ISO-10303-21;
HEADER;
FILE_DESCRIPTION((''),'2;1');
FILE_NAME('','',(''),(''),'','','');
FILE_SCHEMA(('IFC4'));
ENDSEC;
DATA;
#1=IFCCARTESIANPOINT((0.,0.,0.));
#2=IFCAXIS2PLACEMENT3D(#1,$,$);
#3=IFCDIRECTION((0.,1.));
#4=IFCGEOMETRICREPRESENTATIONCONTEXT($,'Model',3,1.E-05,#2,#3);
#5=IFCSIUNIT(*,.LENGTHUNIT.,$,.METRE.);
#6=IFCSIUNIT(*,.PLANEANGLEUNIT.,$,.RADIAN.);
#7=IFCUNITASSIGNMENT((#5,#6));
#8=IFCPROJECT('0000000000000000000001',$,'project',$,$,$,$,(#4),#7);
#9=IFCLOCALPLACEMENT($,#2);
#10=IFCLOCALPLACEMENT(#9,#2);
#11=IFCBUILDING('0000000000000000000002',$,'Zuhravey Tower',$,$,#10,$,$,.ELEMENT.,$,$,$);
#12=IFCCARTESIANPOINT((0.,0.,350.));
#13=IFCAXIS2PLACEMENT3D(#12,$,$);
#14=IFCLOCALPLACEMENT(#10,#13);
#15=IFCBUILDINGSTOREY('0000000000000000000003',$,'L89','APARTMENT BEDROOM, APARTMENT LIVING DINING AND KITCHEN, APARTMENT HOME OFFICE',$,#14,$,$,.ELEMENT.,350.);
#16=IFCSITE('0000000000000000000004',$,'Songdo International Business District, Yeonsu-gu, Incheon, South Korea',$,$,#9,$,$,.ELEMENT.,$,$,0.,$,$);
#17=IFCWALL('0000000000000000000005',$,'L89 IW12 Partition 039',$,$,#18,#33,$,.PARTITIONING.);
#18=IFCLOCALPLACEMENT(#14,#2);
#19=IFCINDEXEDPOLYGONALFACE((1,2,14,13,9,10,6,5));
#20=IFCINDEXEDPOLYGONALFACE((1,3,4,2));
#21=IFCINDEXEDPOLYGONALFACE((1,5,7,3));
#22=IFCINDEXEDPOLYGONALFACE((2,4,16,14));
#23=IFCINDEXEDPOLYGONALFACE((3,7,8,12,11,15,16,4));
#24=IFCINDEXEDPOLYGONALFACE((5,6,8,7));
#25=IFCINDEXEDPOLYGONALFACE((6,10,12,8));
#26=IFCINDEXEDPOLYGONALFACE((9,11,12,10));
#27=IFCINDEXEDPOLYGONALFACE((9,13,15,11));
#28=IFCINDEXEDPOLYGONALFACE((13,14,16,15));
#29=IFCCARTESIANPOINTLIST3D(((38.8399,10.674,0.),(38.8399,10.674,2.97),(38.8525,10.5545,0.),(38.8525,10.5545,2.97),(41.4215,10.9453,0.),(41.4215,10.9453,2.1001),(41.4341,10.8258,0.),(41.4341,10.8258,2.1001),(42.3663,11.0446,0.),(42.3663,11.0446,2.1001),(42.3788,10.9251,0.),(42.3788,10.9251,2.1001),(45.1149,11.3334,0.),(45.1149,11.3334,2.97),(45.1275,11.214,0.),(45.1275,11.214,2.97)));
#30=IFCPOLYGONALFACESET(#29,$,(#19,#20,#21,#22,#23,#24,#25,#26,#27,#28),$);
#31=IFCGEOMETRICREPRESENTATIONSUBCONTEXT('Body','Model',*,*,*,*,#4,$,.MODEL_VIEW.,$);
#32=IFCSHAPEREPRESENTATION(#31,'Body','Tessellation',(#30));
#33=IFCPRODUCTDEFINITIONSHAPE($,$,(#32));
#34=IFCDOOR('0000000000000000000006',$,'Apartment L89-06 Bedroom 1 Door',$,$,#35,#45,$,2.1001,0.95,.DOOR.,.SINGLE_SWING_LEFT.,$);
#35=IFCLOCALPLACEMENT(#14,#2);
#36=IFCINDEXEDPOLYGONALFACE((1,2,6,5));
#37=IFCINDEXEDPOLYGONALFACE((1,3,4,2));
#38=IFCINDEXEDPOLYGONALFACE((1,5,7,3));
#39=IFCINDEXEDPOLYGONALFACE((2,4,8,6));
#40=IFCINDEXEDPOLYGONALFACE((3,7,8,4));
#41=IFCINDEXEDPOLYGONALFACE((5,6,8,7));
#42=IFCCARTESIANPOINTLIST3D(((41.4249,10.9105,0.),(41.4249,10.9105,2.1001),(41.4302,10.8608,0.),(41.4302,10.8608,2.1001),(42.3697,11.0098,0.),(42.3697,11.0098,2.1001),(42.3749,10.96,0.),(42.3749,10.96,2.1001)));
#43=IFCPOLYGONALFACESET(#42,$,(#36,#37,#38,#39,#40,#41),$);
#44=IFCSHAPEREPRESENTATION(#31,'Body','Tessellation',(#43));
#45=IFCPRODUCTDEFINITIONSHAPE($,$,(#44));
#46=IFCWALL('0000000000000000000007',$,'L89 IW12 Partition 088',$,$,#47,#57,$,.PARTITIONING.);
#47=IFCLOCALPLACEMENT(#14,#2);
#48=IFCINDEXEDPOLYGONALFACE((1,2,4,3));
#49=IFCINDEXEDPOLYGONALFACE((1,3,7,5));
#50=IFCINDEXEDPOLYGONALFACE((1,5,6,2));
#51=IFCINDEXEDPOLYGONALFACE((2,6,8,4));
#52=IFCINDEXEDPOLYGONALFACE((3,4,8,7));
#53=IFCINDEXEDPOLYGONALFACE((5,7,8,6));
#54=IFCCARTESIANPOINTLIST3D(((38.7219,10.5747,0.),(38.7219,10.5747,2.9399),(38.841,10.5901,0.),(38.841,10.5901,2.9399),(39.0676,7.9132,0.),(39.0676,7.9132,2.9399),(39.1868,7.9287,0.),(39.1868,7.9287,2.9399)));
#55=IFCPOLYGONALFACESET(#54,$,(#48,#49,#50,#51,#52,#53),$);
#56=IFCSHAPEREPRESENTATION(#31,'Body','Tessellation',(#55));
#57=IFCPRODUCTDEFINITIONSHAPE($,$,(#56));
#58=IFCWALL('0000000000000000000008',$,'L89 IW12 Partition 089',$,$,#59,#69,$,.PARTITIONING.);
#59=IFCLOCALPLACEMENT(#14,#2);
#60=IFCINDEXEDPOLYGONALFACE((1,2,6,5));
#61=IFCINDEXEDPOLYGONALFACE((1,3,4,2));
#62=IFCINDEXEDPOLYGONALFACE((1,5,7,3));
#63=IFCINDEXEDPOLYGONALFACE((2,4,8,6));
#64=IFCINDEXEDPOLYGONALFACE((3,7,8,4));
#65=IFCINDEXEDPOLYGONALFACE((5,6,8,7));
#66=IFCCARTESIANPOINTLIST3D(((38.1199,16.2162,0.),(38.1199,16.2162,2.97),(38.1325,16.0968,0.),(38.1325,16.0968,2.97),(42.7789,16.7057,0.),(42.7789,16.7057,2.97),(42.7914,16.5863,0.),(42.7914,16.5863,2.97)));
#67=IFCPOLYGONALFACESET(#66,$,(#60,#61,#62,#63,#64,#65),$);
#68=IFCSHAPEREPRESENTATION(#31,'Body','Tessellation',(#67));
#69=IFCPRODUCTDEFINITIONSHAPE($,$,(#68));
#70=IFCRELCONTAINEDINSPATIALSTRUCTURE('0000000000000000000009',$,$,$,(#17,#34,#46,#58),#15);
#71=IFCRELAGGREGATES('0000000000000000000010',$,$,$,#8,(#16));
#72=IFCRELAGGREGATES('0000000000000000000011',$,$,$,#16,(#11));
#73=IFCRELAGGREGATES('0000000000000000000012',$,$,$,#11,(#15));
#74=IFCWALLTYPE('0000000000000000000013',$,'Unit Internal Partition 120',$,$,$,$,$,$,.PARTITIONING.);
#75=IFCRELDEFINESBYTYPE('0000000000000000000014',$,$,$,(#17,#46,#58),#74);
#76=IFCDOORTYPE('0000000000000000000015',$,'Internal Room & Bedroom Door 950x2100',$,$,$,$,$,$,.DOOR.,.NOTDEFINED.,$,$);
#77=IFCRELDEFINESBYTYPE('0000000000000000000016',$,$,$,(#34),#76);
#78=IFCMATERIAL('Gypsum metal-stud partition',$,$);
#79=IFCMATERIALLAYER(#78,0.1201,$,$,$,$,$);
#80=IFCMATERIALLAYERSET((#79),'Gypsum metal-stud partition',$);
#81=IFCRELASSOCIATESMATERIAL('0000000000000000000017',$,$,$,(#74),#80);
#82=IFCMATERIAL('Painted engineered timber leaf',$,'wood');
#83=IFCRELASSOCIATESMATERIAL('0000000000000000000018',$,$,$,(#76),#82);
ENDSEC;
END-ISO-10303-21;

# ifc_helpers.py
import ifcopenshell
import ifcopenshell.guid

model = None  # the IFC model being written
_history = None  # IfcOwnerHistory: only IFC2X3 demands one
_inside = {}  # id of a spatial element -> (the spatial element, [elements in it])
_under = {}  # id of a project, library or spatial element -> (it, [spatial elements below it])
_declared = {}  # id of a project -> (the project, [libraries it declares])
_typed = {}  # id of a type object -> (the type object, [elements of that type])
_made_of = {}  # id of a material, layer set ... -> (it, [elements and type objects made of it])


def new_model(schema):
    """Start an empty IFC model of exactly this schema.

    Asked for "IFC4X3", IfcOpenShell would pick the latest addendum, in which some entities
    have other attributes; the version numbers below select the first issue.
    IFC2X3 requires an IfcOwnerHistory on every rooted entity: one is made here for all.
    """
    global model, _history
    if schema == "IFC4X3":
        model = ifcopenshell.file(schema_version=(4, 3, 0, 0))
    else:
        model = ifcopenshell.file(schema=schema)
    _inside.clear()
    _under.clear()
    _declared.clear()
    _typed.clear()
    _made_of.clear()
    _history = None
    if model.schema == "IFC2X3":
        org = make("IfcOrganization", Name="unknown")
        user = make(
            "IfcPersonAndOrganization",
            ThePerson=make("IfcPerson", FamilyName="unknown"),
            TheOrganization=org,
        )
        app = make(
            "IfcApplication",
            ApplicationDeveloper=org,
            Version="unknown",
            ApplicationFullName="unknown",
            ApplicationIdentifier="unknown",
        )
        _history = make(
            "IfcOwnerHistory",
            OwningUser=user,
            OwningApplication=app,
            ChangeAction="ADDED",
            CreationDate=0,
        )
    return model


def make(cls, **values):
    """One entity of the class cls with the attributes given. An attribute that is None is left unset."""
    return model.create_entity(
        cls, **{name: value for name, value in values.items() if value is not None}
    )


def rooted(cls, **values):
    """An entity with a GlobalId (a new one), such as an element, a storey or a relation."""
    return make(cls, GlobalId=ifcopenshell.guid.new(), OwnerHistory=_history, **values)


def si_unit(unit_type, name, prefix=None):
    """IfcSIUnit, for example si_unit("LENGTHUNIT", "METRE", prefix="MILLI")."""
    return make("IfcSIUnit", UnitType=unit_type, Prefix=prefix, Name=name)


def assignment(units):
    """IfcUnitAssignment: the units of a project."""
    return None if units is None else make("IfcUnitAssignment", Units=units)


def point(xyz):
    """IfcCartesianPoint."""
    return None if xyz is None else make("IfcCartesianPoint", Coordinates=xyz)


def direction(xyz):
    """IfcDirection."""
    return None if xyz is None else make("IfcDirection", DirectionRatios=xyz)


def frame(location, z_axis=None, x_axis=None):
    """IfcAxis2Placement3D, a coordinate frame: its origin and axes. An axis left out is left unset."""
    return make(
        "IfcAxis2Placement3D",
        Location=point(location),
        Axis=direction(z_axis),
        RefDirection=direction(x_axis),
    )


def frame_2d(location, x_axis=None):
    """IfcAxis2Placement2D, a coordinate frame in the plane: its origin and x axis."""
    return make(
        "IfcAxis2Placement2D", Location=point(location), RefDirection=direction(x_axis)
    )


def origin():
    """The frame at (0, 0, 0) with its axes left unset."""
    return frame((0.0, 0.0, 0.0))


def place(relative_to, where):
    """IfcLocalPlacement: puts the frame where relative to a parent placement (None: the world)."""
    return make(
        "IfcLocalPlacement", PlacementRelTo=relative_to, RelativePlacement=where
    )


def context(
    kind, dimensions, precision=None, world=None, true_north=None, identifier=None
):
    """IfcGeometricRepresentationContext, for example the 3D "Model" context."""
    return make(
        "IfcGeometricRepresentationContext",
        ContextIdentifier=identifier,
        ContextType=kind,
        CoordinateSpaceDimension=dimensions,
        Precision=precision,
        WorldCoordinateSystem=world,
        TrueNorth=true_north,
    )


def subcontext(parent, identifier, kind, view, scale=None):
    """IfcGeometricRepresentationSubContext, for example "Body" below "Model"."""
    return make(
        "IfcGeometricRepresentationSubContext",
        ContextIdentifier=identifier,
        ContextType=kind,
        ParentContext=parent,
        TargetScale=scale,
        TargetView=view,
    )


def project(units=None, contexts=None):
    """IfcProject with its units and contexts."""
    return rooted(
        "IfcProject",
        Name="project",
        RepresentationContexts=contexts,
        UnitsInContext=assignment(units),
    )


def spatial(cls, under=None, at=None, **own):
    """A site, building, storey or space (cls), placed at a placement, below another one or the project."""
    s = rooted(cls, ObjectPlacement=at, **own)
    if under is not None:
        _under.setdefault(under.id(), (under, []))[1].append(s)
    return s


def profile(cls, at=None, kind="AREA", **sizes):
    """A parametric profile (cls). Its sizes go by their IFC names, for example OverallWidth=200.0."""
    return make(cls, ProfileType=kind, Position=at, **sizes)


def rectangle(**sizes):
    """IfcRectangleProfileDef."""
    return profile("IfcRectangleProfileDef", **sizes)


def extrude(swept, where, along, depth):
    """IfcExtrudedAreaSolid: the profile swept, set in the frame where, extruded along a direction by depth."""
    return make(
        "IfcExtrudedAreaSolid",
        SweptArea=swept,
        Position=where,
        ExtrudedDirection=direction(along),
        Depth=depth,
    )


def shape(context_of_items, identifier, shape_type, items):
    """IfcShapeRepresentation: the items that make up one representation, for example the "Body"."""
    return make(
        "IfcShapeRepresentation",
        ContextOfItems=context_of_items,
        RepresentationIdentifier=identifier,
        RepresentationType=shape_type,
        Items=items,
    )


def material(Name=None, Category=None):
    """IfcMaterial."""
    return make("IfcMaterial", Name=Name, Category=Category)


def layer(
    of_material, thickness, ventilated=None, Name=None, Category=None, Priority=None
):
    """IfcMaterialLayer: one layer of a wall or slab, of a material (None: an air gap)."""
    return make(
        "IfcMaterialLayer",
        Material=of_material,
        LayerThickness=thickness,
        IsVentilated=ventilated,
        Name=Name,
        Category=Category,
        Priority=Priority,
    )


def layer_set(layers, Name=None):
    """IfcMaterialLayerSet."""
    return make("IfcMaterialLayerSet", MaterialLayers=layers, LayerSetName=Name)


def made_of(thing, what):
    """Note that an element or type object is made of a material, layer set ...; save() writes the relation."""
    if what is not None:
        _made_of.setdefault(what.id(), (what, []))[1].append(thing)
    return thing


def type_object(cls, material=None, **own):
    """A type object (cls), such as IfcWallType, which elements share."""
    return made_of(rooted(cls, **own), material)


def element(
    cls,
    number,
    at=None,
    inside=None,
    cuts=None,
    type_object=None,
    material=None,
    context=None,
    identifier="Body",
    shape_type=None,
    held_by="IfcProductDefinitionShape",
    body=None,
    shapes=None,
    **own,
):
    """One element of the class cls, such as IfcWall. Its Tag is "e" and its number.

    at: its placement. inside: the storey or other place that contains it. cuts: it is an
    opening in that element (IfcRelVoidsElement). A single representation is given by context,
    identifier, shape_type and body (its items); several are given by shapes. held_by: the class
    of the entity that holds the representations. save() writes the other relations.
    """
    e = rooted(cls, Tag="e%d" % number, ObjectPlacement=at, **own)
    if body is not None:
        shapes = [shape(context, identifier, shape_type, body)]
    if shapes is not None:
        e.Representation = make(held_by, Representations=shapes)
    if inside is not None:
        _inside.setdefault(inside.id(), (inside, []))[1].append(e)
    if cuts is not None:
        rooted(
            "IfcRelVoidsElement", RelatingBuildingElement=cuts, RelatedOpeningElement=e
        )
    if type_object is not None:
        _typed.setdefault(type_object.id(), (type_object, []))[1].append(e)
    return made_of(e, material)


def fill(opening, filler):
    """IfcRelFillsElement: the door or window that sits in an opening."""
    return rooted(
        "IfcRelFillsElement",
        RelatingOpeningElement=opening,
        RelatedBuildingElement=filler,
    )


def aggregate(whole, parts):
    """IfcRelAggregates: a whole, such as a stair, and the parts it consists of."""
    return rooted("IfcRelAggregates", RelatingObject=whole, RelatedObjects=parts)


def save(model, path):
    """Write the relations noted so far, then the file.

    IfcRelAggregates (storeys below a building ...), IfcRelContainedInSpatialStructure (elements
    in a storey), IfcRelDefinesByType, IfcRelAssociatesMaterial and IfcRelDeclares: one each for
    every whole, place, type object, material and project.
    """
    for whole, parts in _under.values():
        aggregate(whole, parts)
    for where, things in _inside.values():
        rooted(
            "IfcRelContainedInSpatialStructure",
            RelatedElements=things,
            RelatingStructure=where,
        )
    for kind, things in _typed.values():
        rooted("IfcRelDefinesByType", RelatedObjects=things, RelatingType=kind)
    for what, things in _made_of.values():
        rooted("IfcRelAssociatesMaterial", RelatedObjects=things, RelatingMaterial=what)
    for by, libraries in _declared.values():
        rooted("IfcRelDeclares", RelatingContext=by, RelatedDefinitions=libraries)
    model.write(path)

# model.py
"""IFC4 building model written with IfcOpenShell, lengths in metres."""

from ifc_helpers import new_model, si_unit, direction, frame, frame_2d, origin, place, context, subcontext, project, spatial, rectangle, extrude, material, layer, layer_set, type_object, element, fill, save


model = new_model("IFC4")

# Units and contexts
model_context = context("Model", 3, precision=1e-05, world=origin(), true_north=direction((0.0, 1.0)))
body_context = subcontext(model_context, "Body", "Model", "MODEL_VIEW")
ifc_project = project(units=[si_unit("LENGTHUNIT", "METRE"), si_unit("PLANEANGLEUNIT", "RADIAN")], contexts=[model_context])

# Site, building, storey
site_placement = place(None, origin())
site = spatial("IfcSite", under=ifc_project, at=site_placement, Name="Songdo International Business District, Yeonsu-gu, Incheon, South Korea", CompositionType="ELEMENT", RefElevation=0.0)
building_placement = place(site_placement, origin())
building = spatial("IfcBuilding", under=site, at=building_placement, Name="Zuhravey Tower", CompositionType="ELEMENT")
storey_placement = place(building_placement, frame((0.0, 0.0, 350.0)))
storey = spatial("IfcBuildingStorey", under=building, at=storey_placement, Name="L89", Description="APARTMENT BEDROOM, APARTMENT LIVING DINING AND KITCHEN, APARTMENT HOME OFFICE", CompositionType="ELEMENT", Elevation=350.0)

# Wall, opening, door
ifc_material_1 = material(Name="Gypsum metal-stud partition")
ifc_layer_1 = layer(ifc_material_1, 0.1201)
ifc_layer_set_1 = layer_set([ifc_layer_1], Name="Gypsum metal-stud partition")
wall_type_1 = type_object("IfcWallType", Name="Unit Internal Partition 120", PredefinedType="PARTITIONING", material=ifc_layer_set_1)
ifc_material_2 = material(Name="Painted engineered timber leaf", Category="wood")
door_type_1 = type_object("IfcDoorType", Name="Internal Room & Bedroom Door 950x2100", OperationType="NOTDEFINED", PredefinedType="DOOR", material=ifc_material_2)
wall_1_placement = place(storey_placement, frame((38.8462, 10.6143, 0.0), z_axis=(0.0, 0.0, 1.0), x_axis=(0.994523, 0.104514, 0.0)))
wall_1 = element("IfcWall", 1, at=wall_1_placement, inside=storey, type_object=wall_type_1, Name="L89 IW12 Partition 039", PredefinedType="PARTITIONING", context=body_context, shape_type="SweptSolid", body=[
    extrude(rectangle(XDim=6.3096, YDim=0.1201, at=frame_2d((3.1548, 0.0))), origin(), (0.0, 0.0, 1.0), 2.97),
])
opening_1_placement = place(wall_1_placement, frame((2.5957, 0.0, 0.0)))
opening_1 = element("IfcOpeningElement", 2, at=opening_1_placement, cuts=wall_1, PredefinedType="OPENING", context=body_context, shape_type="SweptSolid", body=[
    extrude(rectangle(XDim=0.95, YDim=2.1001, at=frame_2d((0.4751, 1.05))), frame((0.0, 0.072, 0.0), z_axis=(0.0, -1.0, 0.0), x_axis=(1.0, 0.0, 0.0)), (0.0, 0.0, 1.0), 0.144),
])
door_1_placement = place(opening_1_placement, frame((0.95, 0.0, 0.0), z_axis=(0.0, 0.0, 1.0), x_axis=(-1.0, 0.0, 0.0)))
door_1 = element("IfcDoor", 3, at=door_1_placement, inside=storey, type_object=door_type_1, Name="Apartment L89-06 Bedroom 1 Door", OperationType="SINGLE_SWING_LEFT", OverallHeight=2.1001, OverallWidth=0.95, PredefinedType="DOOR", context=body_context, shape_type="SweptSolid", body=[
    extrude(rectangle(XDim=0.95, YDim=2.1001, at=frame_2d((0.4751, 1.05))), frame((0.0, 0.0249, 0.0), z_axis=(0.0, -1.0, 0.0), x_axis=(1.0, 0.0, 0.0)), (0.0, 0.0, 1.0), 0.05),
])
fill(opening_1, door_1)

# Walls
wall_2_placement = place(storey_placement, frame((38.7815, 10.5823, 0.0), z_axis=(0.0, 0.0, 1.0), x_axis=(0.128814, -0.991669, 0.0)))
element("IfcWall", 4, at=wall_2_placement, inside=storey, type_object=wall_type_1, Name="L89 IW12 Partition 088", PredefinedType="PARTITIONING", context=body_context, shape_type="SweptSolid", body=[
    extrude(rectangle(XDim=2.6838, YDim=0.1201, at=frame_2d((1.3418, 0.0))), origin(), (0.0, 0.0, 1.0), 2.9399),
])
wall_3_placement = place(storey_placement, frame((38.1262, 16.1565, 0.0), z_axis=(0.0, 0.0, 1.0), x_axis=(0.994526, 0.104492, 0.0)))
element("IfcWall", 5, at=wall_3_placement, inside=storey, type_object=wall_type_1, Name="L89 IW12 Partition 089", PredefinedType="PARTITIONING", context=body_context, shape_type="SweptSolid", body=[
    extrude(rectangle(XDim=4.6846, YDim=0.1201, at=frame_2d((2.3423, 0.0))), origin(), (0.0, 0.0, 1.0), 2.97),
])

save(model, "model.ifc")
